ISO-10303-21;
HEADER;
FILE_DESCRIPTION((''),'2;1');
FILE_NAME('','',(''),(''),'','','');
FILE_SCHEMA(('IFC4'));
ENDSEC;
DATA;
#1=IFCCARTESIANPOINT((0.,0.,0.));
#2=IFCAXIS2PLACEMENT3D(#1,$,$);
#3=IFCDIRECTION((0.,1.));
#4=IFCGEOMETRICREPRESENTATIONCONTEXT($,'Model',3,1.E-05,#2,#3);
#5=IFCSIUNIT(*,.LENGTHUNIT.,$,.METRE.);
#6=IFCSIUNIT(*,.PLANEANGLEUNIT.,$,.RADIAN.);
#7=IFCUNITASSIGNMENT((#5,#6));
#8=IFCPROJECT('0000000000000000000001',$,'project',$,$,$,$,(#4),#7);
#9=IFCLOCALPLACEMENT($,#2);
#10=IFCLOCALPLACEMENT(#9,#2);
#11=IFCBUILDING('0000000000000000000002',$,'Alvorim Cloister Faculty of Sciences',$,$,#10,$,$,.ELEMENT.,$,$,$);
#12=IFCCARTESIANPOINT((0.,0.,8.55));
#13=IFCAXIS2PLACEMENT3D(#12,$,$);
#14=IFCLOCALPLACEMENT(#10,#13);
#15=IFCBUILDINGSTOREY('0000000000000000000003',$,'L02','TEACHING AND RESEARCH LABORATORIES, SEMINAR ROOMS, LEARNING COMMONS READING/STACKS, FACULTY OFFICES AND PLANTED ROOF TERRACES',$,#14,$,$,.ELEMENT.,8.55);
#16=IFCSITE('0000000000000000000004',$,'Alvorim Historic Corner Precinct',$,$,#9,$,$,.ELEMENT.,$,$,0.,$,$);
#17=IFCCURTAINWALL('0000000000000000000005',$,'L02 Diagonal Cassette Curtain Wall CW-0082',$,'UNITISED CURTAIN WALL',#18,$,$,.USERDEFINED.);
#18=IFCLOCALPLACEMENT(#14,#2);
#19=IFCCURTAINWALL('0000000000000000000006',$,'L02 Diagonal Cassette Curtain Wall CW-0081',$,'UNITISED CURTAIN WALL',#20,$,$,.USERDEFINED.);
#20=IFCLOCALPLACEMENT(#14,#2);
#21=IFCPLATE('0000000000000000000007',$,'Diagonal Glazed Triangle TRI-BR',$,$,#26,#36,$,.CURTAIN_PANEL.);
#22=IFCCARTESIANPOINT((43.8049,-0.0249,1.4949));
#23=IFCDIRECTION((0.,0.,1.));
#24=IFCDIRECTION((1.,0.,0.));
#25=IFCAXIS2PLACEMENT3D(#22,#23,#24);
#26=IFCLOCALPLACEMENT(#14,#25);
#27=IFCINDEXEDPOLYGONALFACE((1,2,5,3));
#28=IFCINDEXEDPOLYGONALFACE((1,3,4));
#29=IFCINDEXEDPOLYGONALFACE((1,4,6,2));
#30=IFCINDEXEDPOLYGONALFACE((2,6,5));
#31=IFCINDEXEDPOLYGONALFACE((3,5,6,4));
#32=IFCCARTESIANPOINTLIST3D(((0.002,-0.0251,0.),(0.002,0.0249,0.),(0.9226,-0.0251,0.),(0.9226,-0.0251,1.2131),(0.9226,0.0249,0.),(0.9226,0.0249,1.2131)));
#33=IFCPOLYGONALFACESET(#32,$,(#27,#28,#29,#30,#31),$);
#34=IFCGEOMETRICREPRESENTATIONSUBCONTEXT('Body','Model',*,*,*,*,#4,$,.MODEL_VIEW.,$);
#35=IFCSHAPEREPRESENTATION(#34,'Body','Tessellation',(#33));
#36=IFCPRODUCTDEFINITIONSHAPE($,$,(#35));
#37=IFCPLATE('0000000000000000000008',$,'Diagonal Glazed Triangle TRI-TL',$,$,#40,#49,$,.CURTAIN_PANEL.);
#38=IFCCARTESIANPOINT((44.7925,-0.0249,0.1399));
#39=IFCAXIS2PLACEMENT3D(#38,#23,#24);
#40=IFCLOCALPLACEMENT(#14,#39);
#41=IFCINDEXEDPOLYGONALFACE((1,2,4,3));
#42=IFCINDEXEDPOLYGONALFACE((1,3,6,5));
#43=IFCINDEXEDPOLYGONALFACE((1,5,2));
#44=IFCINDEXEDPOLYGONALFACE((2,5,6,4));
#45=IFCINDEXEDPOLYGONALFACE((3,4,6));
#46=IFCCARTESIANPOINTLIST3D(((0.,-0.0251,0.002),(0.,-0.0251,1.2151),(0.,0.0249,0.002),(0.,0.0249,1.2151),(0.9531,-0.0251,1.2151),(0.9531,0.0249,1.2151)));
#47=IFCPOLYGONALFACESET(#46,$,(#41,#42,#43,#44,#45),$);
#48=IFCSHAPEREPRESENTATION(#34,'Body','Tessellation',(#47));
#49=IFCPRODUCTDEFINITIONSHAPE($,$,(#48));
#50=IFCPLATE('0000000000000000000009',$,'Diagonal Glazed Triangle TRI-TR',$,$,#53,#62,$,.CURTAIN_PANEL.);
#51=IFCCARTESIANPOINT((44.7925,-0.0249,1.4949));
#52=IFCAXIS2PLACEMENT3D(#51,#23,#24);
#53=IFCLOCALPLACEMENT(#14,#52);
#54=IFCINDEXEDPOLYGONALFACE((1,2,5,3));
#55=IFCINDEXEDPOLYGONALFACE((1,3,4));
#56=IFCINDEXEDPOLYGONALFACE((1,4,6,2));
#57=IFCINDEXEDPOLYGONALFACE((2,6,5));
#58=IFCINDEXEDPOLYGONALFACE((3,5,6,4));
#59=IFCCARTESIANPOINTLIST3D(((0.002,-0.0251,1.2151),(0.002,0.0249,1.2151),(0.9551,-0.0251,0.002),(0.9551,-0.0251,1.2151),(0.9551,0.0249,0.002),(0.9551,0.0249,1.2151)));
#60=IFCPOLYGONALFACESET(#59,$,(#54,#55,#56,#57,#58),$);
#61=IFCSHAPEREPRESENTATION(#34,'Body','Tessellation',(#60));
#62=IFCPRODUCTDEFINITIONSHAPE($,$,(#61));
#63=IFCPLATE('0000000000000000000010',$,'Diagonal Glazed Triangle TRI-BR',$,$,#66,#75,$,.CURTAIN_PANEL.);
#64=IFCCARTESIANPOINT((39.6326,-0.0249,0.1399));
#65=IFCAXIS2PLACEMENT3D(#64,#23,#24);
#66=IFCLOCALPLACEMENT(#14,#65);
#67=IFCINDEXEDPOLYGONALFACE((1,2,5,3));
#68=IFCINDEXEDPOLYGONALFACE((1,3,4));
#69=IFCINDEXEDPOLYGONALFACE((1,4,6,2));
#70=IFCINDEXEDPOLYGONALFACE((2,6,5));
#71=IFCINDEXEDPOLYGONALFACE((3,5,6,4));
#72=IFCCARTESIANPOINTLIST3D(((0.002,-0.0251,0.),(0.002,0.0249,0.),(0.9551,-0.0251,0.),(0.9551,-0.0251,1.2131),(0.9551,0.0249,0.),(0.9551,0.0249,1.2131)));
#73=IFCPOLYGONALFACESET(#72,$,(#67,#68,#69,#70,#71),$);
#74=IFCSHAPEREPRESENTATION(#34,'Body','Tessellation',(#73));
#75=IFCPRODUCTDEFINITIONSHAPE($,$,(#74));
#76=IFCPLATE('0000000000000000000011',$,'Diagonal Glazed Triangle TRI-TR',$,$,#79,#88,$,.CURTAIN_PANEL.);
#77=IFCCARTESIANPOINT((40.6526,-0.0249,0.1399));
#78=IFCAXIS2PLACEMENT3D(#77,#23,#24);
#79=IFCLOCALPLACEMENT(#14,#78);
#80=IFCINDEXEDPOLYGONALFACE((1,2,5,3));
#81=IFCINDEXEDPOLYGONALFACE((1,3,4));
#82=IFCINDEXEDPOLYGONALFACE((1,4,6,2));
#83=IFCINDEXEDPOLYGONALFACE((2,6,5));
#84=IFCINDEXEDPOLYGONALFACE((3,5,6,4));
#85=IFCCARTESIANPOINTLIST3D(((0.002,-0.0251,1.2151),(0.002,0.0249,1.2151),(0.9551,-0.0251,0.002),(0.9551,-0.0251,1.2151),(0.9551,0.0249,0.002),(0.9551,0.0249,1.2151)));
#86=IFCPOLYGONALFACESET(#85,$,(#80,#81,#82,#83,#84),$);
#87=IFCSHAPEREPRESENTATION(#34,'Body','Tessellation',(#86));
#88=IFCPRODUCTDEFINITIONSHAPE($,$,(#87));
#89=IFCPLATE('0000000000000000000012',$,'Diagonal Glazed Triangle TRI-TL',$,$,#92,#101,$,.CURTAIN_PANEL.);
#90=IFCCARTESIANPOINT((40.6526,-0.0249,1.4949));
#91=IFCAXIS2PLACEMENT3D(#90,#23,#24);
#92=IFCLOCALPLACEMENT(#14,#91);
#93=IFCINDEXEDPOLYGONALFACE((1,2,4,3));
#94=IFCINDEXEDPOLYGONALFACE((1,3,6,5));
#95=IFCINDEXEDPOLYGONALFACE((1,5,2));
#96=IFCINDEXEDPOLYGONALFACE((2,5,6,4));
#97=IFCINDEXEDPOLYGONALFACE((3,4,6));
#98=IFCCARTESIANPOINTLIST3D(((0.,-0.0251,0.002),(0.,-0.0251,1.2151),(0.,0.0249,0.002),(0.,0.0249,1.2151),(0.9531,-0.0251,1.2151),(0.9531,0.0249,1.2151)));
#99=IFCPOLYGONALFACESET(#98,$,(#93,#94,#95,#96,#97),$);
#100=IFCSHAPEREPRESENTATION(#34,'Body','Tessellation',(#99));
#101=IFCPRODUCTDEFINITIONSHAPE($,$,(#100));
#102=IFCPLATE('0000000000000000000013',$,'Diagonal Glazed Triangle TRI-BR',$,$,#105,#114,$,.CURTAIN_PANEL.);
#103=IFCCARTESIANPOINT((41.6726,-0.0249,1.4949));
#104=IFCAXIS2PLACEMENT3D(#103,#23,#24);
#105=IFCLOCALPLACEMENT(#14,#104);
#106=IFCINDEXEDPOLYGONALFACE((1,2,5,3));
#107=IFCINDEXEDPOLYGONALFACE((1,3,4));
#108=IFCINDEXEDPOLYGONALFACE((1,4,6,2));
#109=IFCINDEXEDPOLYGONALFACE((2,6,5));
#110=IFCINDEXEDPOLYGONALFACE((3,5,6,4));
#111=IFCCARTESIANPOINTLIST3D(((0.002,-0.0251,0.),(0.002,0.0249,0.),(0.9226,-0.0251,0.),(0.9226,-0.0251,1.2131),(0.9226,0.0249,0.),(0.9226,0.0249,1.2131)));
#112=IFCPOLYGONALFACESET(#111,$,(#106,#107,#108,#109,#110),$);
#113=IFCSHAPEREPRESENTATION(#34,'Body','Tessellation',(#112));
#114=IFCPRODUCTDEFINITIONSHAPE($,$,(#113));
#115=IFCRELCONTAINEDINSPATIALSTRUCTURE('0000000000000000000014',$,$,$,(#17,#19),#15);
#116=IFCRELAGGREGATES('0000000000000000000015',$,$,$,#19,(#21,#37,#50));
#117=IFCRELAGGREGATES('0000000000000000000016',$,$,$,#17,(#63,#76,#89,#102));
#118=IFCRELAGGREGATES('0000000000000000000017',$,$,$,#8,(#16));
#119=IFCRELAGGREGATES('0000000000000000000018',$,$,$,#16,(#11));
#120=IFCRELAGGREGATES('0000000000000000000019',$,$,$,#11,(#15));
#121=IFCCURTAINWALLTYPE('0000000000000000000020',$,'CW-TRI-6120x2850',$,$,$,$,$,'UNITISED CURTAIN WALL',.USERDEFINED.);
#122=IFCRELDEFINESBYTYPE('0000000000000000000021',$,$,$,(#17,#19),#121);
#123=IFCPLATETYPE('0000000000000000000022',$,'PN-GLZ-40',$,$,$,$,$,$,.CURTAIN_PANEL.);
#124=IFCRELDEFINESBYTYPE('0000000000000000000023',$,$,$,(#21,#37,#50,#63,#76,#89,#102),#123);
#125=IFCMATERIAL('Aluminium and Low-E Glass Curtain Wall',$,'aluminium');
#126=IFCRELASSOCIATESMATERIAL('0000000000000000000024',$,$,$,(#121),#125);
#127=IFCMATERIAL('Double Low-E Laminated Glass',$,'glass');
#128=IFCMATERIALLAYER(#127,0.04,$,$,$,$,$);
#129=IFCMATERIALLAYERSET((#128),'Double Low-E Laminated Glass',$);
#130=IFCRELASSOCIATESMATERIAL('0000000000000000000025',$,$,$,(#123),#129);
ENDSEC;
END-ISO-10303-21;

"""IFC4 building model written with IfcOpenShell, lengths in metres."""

from ifc_helpers import new_model, si_unit, direction, frame, origin, place, context, subcontext, project, spatial, polyline, outline, extrude, material, layer, layer_set, type_object, element, aggregate, save


model = new_model("IFC4")

# Units and contexts
model_context = context("Model", 3, precision=1e-05, world=origin(), true_north=direction((0.0, 1.0)))
body_context = subcontext(model_context, "Body", "Model", "MODEL_VIEW")
ifc_project = project(units=[si_unit("LENGTHUNIT", "METRE"), si_unit("PLANEANGLEUNIT", "RADIAN")], contexts=[model_context])

# Site, building, storey
site_placement = place(None, origin())
site = spatial("IfcSite", under=ifc_project, at=site_placement, Name="Alvorim Historic Corner Precinct", CompositionType="ELEMENT", RefElevation=0.0)
building_placement = place(site_placement, origin())
building = spatial("IfcBuilding", under=site, at=building_placement, Name="Alvorim Cloister Faculty of Sciences", CompositionType="ELEMENT")
storey_placement = place(building_placement, frame((0.0, 0.0, 8.55)))
storey = spatial("IfcBuildingStorey", under=building, at=storey_placement, Name="L02", Description="TEACHING AND RESEARCH LABORATORIES, SEMINAR ROOMS, LEARNING COMMONS READING/STACKS, FACULTY OFFICES AND PLANTED ROOF TERRACES", CompositionType="ELEMENT", Elevation=8.55)

# Curtain wall
ifc_material_1 = material(Name="Aluminium and Low-E Glass Curtain Wall", Category="aluminium")
curtain_wall_type = type_object("IfcCurtainWallType", Name="CW-TRI-6120x2850", ElementType="UNITISED CURTAIN WALL", PredefinedType="USERDEFINED", material=ifc_material_1)
curtain_wall_1_placement = place(storey_placement, origin())
curtain_wall_1 = element("IfcCurtainWall", 1, at=curtain_wall_1_placement, inside=storey, type_object=curtain_wall_type, Name="L02 Diagonal Cassette Curtain Wall CW-0082", ObjectType="UNITISED CURTAIN WALL", PredefinedType="USERDEFINED")

# Curtain wall, plates
curtain_wall_2_placement = place(storey_placement, origin())
curtain_wall_2 = element("IfcCurtainWall", 2, at=curtain_wall_2_placement, inside=storey, type_object=curtain_wall_type, Name="L02 Diagonal Cassette Curtain Wall CW-0081", ObjectType="UNITISED CURTAIN WALL", PredefinedType="USERDEFINED")
ifc_material_2 = material(Name="Double Low-E Laminated Glass", Category="glass")
ifc_layer_1 = layer(ifc_material_2, 0.04)
ifc_layer_set_1 = layer_set([ifc_layer_1], Name="Double Low-E Laminated Glass")
plate_type = type_object("IfcPlateType", Name="PN-GLZ-40", PredefinedType="CURTAIN_PANEL", material=ifc_layer_set_1)
plate_1_placement = place(storey_placement, frame((43.8049, -0.0249, 1.4949), z_axis=(0.0, 0.0, 1.0), x_axis=(1.0, 0.0, 0.0)))
plate_1 = element("IfcPlate", 3, at=plate_1_placement, type_object=plate_type, Name="Diagonal Glazed Triangle TRI-BR", PredefinedType="CURTAIN_PANEL", context=body_context, shape_type="SweptSolid", body=[
    extrude(outline(polyline([(0.002, 0.0), (0.9226, 0.0), (0.9226, 1.2131), (0.002, 0.0)])), frame((0.0, 0.0249, 0.0), z_axis=(0.0, -1.0, 0.0), x_axis=(1.0, 0.0, 0.0)), (0.0, 0.0, 1.0), 0.05),
])
plate_2_placement = place(storey_placement, frame((44.7925, -0.0249, 0.1399), z_axis=(0.0, 0.0, 1.0), x_axis=(1.0, 0.0, 0.0)))
plate_2 = element("IfcPlate", 4, at=plate_2_placement, type_object=plate_type, Name="Diagonal Glazed Triangle TRI-TL", PredefinedType="CURTAIN_PANEL", context=body_context, shape_type="SweptSolid", body=[
    extrude(outline(polyline([(0.9531, 1.2151), (0.0, 1.2151), (0.0, 0.002), (0.9531, 1.2151)])), frame((0.0, 0.0249, 0.0), z_axis=(0.0, -1.0, 0.0), x_axis=(1.0, 0.0, 0.0)), (0.0, 0.0, 1.0), 0.05),
])
plate_3_placement = place(storey_placement, frame((44.7925, -0.0249, 1.4949), z_axis=(0.0, 0.0, 1.0), x_axis=(1.0, 0.0, 0.0)))
plate_3 = element("IfcPlate", 5, at=plate_3_placement, type_object=plate_type, Name="Diagonal Glazed Triangle TRI-TR", PredefinedType="CURTAIN_PANEL", context=body_context, shape_type="SweptSolid", body=[
    extrude(outline(polyline([(0.9551, 0.002), (0.9551, 1.2151), (0.002, 1.2151), (0.9551, 0.002)])), frame((0.0, 0.0249, 0.0), z_axis=(0.0, -1.0, 0.0), x_axis=(1.0, 0.0, 0.0)), (0.0, 0.0, 1.0), 0.05),
])
aggregate(curtain_wall_2, [plate_1, plate_2, plate_3])

# Plates
plate_4_placement = place(storey_placement, frame((39.6326, -0.0249, 0.1399), z_axis=(0.0, 0.0, 1.0), x_axis=(1.0, 0.0, 0.0)))
plate_4 = element("IfcPlate", 6, at=plate_4_placement, type_object=plate_type, Name="Diagonal Glazed Triangle TRI-BR", PredefinedType="CURTAIN_PANEL", context=body_context, shape_type="SweptSolid", body=[
    extrude(outline(polyline([(0.002, 0.0), (0.9551, 0.0), (0.9551, 1.2131), (0.002, 0.0)])), frame((0.0, 0.0249, 0.0), z_axis=(0.0, -1.0, 0.0), x_axis=(1.0, 0.0, 0.0)), (0.0, 0.0, 1.0), 0.05),
])
plate_5_placement = place(storey_placement, frame((40.6526, -0.0249, 0.1399), z_axis=(0.0, 0.0, 1.0), x_axis=(1.0, 0.0, 0.0)))
plate_5 = element("IfcPlate", 7, at=plate_5_placement, type_object=plate_type, Name="Diagonal Glazed Triangle TRI-TR", PredefinedType="CURTAIN_PANEL", context=body_context, shape_type="SweptSolid", body=[
    extrude(outline(polyline([(0.9551, 0.002), (0.9551, 1.2151), (0.002, 1.2151), (0.9551, 0.002)])), frame((0.0, 0.0249, 0.0), z_axis=(0.0, -1.0, 0.0), x_axis=(1.0, 0.0, 0.0)), (0.0, 0.0, 1.0), 0.05),
])
plate_6_placement = place(storey_placement, frame((40.6526, -0.0249, 1.4949), z_axis=(0.0, 0.0, 1.0), x_axis=(1.0, 0.0, 0.0)))
plate_6 = element("IfcPlate", 8, at=plate_6_placement, type_object=plate_type, Name="Diagonal Glazed Triangle TRI-TL", PredefinedType="CURTAIN_PANEL", context=body_context, shape_type="SweptSolid", body=[
    extrude(outline(polyline([(0.9531, 1.2151), (0.0, 1.2151), (0.0, 0.002), (0.9531, 1.2151)])), frame((0.0, 0.0249, 0.0), z_axis=(0.0, -1.0, 0.0), x_axis=(1.0, 0.0, 0.0)), (0.0, 0.0, 1.0), 0.05),
])
plate_7_placement = place(storey_placement, frame((41.6726, -0.0249, 1.4949), z_axis=(0.0, 0.0, 1.0), x_axis=(1.0, 0.0, 0.0)))
plate_7 = element("IfcPlate", 9, at=plate_7_placement, type_object=plate_type, Name="Diagonal Glazed Triangle TRI-BR", PredefinedType="CURTAIN_PANEL", context=body_context, shape_type="SweptSolid", body=[
    extrude(outline(polyline([(0.002, 0.0), (0.9226, 0.0), (0.9226, 1.2131), (0.002, 0.0)])), frame((0.0, 0.0249, 0.0), z_axis=(0.0, -1.0, 0.0), x_axis=(1.0, 0.0, 0.0)), (0.0, 0.0, 1.0), 0.05),
])
aggregate(curtain_wall_1, [plate_4, plate_5, plate_6, plate_7])

save(model, "model.ifc")
